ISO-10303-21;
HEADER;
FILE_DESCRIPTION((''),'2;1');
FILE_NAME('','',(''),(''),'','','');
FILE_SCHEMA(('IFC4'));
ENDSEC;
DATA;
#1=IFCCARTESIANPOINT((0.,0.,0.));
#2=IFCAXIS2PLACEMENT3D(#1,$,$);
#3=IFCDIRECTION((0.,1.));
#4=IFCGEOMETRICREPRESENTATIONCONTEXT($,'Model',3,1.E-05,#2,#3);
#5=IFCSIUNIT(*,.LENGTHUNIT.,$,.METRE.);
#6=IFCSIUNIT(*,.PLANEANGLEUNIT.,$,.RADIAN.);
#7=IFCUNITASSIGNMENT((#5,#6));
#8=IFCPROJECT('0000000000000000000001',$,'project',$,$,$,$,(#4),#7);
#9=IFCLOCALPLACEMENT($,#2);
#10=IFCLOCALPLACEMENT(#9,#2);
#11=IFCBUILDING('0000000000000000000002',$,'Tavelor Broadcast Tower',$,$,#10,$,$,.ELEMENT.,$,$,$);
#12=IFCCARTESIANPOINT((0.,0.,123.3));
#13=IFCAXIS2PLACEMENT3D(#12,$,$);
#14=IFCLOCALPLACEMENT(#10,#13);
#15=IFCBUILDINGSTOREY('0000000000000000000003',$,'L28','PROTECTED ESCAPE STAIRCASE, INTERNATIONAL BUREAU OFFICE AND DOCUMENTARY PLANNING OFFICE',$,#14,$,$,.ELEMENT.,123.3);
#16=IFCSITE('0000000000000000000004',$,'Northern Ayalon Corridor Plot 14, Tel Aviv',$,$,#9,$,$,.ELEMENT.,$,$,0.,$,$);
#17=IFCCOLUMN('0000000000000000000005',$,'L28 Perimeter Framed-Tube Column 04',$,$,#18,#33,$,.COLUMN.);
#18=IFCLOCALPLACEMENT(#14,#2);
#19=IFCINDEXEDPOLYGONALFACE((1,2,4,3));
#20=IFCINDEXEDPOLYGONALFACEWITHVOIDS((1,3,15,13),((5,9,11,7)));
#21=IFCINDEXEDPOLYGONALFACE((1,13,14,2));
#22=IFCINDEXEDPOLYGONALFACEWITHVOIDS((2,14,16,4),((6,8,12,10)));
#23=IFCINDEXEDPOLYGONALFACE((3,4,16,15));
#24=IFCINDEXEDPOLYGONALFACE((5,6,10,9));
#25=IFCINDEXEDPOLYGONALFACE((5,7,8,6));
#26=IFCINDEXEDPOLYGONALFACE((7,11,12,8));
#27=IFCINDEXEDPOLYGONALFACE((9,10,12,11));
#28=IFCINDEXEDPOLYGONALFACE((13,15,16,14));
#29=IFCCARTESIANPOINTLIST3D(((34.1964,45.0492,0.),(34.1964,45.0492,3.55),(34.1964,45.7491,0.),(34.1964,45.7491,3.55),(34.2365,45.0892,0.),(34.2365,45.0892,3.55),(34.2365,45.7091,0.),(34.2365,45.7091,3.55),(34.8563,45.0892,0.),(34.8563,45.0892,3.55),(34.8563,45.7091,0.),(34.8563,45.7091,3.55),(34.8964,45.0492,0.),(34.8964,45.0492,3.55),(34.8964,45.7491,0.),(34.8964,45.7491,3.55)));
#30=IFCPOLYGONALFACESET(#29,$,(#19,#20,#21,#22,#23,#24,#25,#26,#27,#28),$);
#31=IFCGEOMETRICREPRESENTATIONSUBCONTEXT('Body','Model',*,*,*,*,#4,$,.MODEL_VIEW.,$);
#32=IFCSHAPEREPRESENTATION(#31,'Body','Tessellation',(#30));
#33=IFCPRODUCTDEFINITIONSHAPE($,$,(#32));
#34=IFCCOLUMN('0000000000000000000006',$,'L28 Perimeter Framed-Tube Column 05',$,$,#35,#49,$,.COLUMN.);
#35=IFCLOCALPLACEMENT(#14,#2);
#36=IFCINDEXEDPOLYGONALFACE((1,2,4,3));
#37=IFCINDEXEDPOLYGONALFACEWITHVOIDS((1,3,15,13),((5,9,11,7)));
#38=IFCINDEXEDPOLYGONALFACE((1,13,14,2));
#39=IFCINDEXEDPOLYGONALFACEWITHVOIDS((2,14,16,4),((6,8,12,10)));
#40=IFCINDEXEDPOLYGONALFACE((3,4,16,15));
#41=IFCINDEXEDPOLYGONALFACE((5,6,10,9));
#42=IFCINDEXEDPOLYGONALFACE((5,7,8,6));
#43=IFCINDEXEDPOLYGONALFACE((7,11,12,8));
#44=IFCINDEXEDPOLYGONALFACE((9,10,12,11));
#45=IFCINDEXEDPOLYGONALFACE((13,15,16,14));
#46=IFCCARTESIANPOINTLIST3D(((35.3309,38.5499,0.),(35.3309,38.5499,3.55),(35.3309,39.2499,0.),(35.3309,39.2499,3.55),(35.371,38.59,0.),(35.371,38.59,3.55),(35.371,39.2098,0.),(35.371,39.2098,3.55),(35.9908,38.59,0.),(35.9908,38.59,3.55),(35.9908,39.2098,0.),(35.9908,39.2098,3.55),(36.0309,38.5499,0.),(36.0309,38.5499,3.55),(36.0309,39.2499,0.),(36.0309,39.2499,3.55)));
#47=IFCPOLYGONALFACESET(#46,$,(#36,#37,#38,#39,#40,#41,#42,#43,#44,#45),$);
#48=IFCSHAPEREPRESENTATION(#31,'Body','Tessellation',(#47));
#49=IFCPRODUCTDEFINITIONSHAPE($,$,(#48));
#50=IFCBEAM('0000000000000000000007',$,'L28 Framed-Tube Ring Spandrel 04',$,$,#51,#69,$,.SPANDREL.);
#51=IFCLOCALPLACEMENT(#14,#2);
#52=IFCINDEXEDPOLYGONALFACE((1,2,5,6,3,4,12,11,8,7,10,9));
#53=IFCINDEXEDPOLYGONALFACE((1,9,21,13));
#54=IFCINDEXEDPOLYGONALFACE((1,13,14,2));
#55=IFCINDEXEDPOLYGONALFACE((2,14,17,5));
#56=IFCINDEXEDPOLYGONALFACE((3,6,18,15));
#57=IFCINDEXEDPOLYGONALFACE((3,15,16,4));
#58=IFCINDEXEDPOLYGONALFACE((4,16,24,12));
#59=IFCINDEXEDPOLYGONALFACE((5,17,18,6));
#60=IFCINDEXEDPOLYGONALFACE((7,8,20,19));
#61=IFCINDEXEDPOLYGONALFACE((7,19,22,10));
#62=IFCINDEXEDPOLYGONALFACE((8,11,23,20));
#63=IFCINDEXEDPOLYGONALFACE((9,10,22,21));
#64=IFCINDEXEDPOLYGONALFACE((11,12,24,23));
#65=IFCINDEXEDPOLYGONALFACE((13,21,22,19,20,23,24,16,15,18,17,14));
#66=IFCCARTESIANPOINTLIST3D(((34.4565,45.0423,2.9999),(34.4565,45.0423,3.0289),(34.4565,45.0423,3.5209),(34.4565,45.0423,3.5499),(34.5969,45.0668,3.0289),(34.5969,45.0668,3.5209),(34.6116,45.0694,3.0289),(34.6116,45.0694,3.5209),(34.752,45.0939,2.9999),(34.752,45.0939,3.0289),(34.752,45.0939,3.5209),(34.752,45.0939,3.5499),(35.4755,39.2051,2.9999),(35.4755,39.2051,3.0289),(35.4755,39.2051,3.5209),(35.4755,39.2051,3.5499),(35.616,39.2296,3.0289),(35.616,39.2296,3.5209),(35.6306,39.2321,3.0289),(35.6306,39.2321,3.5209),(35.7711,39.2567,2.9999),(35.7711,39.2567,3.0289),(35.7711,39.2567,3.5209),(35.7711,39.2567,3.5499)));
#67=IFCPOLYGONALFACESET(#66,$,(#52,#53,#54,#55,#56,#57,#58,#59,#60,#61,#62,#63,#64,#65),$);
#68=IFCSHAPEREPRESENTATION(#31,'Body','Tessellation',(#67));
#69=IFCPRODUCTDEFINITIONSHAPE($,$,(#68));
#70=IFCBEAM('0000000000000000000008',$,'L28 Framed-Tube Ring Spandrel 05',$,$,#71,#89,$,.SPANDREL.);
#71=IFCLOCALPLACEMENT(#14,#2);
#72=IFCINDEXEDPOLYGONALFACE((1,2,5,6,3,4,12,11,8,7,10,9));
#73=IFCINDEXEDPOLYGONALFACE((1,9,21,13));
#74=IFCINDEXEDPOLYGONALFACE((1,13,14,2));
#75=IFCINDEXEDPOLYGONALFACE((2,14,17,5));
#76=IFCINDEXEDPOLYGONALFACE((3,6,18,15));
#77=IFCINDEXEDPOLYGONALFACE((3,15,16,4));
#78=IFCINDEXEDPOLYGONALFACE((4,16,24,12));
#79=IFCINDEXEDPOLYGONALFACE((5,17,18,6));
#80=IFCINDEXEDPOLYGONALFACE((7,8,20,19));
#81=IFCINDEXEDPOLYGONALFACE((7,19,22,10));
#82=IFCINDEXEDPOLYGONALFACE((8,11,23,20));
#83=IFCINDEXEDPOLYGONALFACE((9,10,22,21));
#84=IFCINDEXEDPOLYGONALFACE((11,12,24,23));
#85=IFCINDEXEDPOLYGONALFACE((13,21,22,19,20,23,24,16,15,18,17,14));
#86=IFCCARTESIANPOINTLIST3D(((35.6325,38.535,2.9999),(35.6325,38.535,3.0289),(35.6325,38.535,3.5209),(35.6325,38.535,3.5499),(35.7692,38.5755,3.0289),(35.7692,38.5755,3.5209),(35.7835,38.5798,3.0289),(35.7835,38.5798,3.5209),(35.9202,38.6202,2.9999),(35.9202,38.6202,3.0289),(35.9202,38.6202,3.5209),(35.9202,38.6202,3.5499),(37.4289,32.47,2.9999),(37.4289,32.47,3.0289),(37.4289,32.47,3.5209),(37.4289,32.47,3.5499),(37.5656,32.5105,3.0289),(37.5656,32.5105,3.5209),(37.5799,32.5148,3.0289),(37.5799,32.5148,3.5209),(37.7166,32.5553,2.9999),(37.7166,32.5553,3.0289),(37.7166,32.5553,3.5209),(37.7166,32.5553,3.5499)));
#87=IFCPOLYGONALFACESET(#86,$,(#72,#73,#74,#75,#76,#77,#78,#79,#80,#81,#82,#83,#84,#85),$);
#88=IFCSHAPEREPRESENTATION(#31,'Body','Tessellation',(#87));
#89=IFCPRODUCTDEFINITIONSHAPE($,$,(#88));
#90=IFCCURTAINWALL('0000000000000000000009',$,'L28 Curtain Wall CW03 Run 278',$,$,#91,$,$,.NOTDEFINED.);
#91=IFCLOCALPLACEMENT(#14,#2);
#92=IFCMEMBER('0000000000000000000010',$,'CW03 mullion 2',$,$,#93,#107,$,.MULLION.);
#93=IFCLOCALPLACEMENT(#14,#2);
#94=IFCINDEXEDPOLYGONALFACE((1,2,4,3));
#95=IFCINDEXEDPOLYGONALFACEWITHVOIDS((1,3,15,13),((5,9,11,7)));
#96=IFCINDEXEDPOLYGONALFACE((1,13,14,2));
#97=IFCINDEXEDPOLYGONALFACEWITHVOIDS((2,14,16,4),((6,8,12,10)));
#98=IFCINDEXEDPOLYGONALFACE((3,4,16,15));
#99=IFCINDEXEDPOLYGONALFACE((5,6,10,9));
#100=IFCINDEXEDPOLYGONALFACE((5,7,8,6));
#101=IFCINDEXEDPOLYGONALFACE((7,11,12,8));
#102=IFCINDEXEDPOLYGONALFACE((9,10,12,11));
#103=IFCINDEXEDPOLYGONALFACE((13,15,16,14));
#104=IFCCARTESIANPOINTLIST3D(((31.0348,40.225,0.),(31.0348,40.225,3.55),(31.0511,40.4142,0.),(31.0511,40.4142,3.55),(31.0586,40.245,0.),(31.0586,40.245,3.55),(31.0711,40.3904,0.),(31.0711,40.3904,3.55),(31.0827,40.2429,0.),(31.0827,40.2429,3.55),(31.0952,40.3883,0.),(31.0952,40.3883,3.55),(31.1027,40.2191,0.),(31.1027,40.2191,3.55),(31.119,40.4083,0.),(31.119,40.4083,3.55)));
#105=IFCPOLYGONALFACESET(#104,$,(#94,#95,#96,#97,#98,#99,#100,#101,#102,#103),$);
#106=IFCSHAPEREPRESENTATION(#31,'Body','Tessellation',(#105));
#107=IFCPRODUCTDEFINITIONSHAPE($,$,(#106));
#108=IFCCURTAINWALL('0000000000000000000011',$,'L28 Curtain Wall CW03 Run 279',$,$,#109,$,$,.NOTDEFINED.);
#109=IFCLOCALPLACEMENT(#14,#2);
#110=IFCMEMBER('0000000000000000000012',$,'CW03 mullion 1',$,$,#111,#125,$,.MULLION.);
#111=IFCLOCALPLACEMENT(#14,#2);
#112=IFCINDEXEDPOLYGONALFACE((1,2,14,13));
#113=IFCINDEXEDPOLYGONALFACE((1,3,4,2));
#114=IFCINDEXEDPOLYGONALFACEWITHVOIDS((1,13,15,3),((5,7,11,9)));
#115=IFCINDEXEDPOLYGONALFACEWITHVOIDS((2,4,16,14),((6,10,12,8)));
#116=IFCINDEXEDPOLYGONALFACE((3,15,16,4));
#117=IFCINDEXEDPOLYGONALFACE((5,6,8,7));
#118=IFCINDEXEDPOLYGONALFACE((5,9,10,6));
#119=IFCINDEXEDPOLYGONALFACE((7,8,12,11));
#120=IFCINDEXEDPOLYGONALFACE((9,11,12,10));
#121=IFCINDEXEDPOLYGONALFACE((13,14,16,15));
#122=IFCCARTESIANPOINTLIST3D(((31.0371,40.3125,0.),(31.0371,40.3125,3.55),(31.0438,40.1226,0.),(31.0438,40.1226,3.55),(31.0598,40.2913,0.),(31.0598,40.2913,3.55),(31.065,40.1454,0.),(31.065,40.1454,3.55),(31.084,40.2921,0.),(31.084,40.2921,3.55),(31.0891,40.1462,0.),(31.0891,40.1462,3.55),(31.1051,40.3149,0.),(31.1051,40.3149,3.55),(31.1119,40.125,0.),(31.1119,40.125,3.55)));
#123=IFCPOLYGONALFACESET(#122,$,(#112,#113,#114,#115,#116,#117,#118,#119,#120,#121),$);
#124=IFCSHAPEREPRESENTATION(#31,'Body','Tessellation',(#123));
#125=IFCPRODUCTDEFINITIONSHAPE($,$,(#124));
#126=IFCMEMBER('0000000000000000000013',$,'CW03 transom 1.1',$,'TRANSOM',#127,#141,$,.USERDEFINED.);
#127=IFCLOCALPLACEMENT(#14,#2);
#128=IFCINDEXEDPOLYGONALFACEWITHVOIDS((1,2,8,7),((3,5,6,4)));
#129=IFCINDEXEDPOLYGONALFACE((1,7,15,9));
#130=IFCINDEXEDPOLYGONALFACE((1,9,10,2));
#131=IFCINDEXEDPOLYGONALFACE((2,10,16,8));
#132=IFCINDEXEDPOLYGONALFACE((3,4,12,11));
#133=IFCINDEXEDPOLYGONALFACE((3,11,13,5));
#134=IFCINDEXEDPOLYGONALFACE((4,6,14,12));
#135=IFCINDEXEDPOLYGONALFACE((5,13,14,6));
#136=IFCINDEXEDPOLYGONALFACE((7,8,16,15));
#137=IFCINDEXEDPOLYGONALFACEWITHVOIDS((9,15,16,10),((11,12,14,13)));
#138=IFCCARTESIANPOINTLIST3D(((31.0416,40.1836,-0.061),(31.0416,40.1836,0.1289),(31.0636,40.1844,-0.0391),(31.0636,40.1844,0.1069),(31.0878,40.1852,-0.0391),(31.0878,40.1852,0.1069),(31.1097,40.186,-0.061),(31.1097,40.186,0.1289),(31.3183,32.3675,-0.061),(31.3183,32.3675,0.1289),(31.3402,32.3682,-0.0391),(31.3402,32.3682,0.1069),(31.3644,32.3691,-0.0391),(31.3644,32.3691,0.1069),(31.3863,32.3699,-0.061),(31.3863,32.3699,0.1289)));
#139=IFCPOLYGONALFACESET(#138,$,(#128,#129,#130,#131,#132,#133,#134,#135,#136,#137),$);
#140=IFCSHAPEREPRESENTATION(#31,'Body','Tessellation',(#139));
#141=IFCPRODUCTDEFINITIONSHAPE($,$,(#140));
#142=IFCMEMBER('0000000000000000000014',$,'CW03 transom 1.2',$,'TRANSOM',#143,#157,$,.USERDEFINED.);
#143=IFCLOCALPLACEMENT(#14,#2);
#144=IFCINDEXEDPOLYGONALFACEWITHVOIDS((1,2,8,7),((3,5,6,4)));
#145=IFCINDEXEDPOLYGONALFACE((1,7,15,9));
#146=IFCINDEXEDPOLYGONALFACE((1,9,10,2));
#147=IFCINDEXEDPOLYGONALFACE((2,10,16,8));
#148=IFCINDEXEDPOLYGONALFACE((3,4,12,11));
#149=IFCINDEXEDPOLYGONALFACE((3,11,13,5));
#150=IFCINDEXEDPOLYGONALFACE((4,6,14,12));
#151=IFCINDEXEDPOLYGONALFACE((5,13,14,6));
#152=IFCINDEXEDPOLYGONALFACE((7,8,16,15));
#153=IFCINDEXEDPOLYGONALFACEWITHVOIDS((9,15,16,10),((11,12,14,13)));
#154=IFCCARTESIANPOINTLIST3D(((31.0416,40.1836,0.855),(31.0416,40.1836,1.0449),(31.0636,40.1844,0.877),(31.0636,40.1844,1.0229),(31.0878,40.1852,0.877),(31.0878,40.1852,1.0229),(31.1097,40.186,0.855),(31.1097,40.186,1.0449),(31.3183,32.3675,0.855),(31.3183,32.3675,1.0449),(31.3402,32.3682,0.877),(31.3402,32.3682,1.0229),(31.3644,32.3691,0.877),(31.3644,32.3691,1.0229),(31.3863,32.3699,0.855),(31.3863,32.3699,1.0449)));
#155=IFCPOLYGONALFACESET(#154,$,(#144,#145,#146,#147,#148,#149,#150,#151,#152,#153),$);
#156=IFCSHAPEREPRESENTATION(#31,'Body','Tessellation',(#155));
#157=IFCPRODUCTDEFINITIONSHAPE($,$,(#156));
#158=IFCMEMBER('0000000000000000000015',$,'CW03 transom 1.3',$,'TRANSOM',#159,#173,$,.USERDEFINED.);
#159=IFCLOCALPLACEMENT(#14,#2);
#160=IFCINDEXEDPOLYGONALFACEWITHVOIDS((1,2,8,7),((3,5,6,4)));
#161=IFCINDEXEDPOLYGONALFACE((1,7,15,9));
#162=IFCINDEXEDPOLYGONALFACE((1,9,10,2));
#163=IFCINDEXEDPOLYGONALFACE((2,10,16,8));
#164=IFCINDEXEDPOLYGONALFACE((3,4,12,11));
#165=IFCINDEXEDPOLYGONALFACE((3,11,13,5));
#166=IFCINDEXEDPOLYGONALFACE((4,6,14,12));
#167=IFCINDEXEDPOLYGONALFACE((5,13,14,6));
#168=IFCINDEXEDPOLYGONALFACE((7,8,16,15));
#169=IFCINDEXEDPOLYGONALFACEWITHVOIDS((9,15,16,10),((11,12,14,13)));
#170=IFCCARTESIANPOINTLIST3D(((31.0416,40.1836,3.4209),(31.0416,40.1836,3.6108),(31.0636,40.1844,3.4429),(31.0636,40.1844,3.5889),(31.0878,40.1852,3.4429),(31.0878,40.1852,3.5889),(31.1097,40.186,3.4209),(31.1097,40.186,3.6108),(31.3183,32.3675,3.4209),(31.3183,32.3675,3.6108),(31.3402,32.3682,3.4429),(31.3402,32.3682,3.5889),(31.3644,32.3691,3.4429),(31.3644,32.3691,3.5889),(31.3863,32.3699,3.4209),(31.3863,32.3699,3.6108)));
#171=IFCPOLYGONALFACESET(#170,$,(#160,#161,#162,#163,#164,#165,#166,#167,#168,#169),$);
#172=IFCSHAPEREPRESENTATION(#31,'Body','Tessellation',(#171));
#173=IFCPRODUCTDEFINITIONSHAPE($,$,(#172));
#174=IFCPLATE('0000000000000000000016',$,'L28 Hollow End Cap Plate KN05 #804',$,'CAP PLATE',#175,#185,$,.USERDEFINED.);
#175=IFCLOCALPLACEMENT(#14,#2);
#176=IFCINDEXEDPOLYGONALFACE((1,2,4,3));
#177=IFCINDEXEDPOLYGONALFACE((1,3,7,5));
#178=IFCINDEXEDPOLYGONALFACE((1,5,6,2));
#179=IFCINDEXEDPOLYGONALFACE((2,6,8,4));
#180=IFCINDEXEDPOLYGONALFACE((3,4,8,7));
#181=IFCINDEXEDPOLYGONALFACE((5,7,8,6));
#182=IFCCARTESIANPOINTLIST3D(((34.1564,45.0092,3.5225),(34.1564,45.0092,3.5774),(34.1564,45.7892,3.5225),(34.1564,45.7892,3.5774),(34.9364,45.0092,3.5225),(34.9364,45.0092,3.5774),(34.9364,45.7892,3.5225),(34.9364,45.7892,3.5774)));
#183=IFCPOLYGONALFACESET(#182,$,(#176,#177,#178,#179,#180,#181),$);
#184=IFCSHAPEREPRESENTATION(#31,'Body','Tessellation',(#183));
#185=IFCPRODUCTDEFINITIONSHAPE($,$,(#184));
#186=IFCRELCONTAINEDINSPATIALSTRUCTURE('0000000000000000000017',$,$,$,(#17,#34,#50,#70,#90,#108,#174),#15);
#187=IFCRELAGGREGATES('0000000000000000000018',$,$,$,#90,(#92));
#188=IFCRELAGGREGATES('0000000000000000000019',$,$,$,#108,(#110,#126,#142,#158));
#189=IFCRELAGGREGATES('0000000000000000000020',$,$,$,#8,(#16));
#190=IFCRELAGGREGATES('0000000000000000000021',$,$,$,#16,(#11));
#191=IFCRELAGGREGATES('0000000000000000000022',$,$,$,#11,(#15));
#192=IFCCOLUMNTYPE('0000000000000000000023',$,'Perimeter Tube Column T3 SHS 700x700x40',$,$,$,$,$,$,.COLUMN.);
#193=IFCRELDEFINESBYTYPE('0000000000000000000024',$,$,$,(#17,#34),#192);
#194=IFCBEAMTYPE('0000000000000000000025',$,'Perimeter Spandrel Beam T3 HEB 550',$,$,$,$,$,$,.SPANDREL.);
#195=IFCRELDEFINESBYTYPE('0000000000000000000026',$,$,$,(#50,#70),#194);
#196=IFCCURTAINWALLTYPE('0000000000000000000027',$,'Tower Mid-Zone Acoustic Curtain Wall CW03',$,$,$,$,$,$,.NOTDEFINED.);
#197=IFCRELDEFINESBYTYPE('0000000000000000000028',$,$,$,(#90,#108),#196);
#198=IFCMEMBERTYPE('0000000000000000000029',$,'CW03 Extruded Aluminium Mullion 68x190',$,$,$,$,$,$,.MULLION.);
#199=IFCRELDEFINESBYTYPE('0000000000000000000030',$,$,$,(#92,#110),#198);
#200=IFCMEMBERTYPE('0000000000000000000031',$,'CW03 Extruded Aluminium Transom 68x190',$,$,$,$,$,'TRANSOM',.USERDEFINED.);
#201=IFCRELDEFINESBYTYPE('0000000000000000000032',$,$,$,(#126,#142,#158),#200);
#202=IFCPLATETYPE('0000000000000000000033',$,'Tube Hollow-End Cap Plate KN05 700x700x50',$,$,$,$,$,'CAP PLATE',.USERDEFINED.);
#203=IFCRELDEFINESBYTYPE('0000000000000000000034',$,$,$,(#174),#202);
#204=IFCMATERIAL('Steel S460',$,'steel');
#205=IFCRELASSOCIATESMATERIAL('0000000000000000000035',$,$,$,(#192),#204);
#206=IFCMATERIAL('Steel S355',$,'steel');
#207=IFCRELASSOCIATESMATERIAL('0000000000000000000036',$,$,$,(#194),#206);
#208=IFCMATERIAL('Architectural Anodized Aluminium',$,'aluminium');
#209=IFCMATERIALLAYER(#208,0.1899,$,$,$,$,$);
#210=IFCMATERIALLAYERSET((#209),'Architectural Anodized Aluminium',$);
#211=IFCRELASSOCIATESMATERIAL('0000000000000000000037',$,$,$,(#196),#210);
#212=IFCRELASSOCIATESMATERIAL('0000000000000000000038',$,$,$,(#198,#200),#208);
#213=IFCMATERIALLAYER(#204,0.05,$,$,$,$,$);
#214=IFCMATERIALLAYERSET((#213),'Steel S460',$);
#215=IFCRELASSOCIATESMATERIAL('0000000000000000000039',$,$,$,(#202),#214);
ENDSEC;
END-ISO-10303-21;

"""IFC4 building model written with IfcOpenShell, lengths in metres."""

from ifc_helpers import new_model, si_unit, direction, frame, origin, origin_2d, place, context, subcontext, project, spatial, rectangle, hollow_rectangle, i_section, extrude, source, transform, mapped, material, layer, layer_set, material_profile, profile_set, type_object, type_shapes, element, aggregate, save


model = new_model("IFC4")

# Units and contexts
model_context = context("Model", 3, precision=1e-05, world=origin(), true_north=direction((0.0, 1.0)))
body_context = subcontext(model_context, "Body", "Model", "MODEL_VIEW")
ifc_project = project(units=[si_unit("LENGTHUNIT", "METRE"), si_unit("PLANEANGLEUNIT", "RADIAN")], contexts=[model_context])

# Site, building, storey
site_placement = place(None, origin())
site = spatial("IfcSite", under=ifc_project, at=site_placement, Name="Northern Ayalon Corridor Plot 14, Tel Aviv", CompositionType="ELEMENT", RefElevation=0.0)
building_placement = place(site_placement, origin())
building = spatial("IfcBuilding", under=site, at=building_placement, Name="Tavelor Broadcast Tower", CompositionType="ELEMENT")
storey_placement = place(building_placement, frame((0.0, 0.0, 123.3)))
storey = spatial("IfcBuildingStorey", under=building, at=storey_placement, Name="L28", Description="PROTECTED ESCAPE STAIRCASE, INTERNATIONAL BUREAU OFFICE AND DOCUMENTARY PLANNING OFFICE", CompositionType="ELEMENT", Elevation=123.3)

# Columns
ifc_material_1 = material(Name="Steel S460", Category="steel")
ifc_material_profile_1 = material_profile(ifc_material_1, hollow_rectangle(XDim=0.7, YDim=0.7, WallThickness=0.04, at=origin_2d()), Name="SHS 700x700x40")
ifc_profile_set_1 = profile_set([ifc_material_profile_1], Name="Steel S460")
column_type = type_object("IfcColumnType", Name="Perimeter Tube Column T3 SHS 700x700x40", PredefinedType="COLUMN", material=ifc_profile_set_1)
for number, where, z_axis, x_axis, name in (
    (1, (34.5464, 45.3992, 0.0), (0.0, 0.0, 1.0), (1.0, 0.0, 0.0), "L28 Perimeter Framed-Tube Column 04"),
    (2, (35.6809, 38.8999, 0.0), (0.0, 0.0, 1.0), (1.0, 0.0, 0.0), "L28 Perimeter Framed-Tube Column 05"),
):
    element("IfcColumn", number, at=place(storey_placement, frame(where, z_axis=z_axis, x_axis=x_axis)), inside=storey, type_object=column_type, Name=name, PredefinedType="COLUMN", context=body_context, shape_type="SweptSolid", body=[
        extrude(hollow_rectangle(XDim=0.7, YDim=0.7, WallThickness=0.04, at=origin_2d()), origin(), (0.0, 0.0, 1.0), 3.55),
    ])

# Beams
ifc_material_2 = material(Name="Steel S355", Category="steel")
ifc_material_profile_2 = material_profile(ifc_material_2, i_section(OverallWidth=0.3, OverallDepth=0.55, WebThickness=0.0149, FlangeThickness=0.0291, at=origin_2d()), Name="HEB 550")
ifc_profile_set_2 = profile_set([ifc_material_profile_2], Name="Steel S355")
beam_type = type_object("IfcBeamType", Name="Perimeter Spandrel Beam T3 HEB 550", PredefinedType="SPANDREL", material=ifc_profile_set_2)
beam_1_placement = place(storey_placement, frame((34.6042, 45.0681, 3.2749), z_axis=(0.171978, -0.985101, 0.0), x_axis=(0.985101, 0.171978, 0.0)))
element("IfcBeam", 3, at=beam_1_placement, inside=storey, type_object=beam_type, Name="L28 Framed-Tube Ring Spandrel 04", PredefinedType="SPANDREL", context=body_context, shape_type="SweptSolid", body=[
    extrude(i_section(OverallWidth=0.3, OverallDepth=0.55, WebThickness=0.0149, FlangeThickness=0.0291, at=origin_2d()), origin(), (0.0, 0.0, 1.0), 5.9255),
])
beam_2_placement = place(storey_placement, frame((35.7764, 38.5776, 3.2749), z_axis=(0.283996, -0.958825, 0.0), x_axis=(0.958825, 0.283996, 0.0)))
element("IfcBeam", 4, at=beam_2_placement, inside=storey, type_object=beam_type, Name="L28 Framed-Tube Ring Spandrel 05", PredefinedType="SPANDREL", context=body_context, shape_type="SweptSolid", body=[
    extrude(i_section(OverallWidth=0.3, OverallDepth=0.55, WebThickness=0.0149, FlangeThickness=0.0291, at=origin_2d()), origin(), (0.0, 0.0, 1.0), 6.3254),
])

# Curtain wall, member
ifc_material_3 = material(Name="Architectural Anodized Aluminium", Category="aluminium")
ifc_layer_1 = layer(ifc_material_3, 0.1899)
ifc_layer_set_1 = layer_set([ifc_layer_1], Name="Architectural Anodized Aluminium")
curtain_wall_type = type_object("IfcCurtainWallType", Name="Tower Mid-Zone Acoustic Curtain Wall CW03", PredefinedType="NOTDEFINED", material=ifc_layer_set_1)
curtain_wall_1_placement = place(storey_placement, origin())
curtain_wall_1 = element("IfcCurtainWall", 5, at=curtain_wall_1_placement, inside=storey, type_object=curtain_wall_type, Name="L28 Curtain Wall CW03 Run 278", PredefinedType="NOTDEFINED")
ifc_material_profile_3 = material_profile(ifc_material_3, hollow_rectangle(XDim=0.0681, YDim=0.1899, WallThickness=0.022, at=origin_2d()), Name="RHS 68x190x22")
ifc_profile_set_3 = profile_set([ifc_material_profile_3], Name="Architectural Anodized Aluminium")
member_type_1 = type_object("IfcMemberType", Name="CW03 Extruded Aluminium Mullion 68x190", PredefinedType="MULLION", material=ifc_profile_set_3)
shared_shape_1 = source(origin(), body_context, "Body", "SweptSolid", [
    extrude(hollow_rectangle(XDim=0.0681, YDim=0.1899, WallThickness=0.022, at=origin_2d()), origin(), (0.0, 0.0, 1.0), 3.55),
])
type_shapes(member_type_1, [shared_shape_1])
member_1_placement = place(storey_placement, frame((31.0769, 40.3167, 0.0), z_axis=(0.0, 0.0, 1.0), x_axis=(0.996307, -0.085861, 0.0)))
member_1 = element("IfcMember", 6, at=member_1_placement, type_object=member_type_1, Name="CW03 mullion 2", PredefinedType="MULLION", context=body_context, shape_type="MappedRepresentation", body=[
    mapped(shared_shape_1, transform((0.0, 0.0, 0.0), scale=1.0)),
])

# Curtain wall, members
curtain_wall_2_placement = place(storey_placement, origin())
curtain_wall_2 = element("IfcCurtainWall", 7, at=curtain_wall_2_placement, inside=storey, type_object=curtain_wall_type, Name="L28 Curtain Wall CW03 Run 279", PredefinedType="NOTDEFINED")
member_2_placement = place(storey_placement, frame((31.0745, 40.2188, 0.0), z_axis=(0.0, 0.0, 1.0), x_axis=(0.999374, 0.035364, 0.0)))
member_2 = element("IfcMember", 8, at=member_2_placement, type_object=member_type_1, Name="CW03 mullion 1", PredefinedType="MULLION", context=body_context, shape_type="MappedRepresentation", body=[
    mapped(shared_shape_1, transform((0.0, 0.0, 0.0), scale=1.0)),
])
ifc_material_profile_4 = material_profile(ifc_material_3, hollow_rectangle(XDim=0.0681, YDim=0.1899, WallThickness=0.022, at=origin_2d()), Name="RHS 68x190x22")
ifc_profile_set_4 = profile_set([ifc_material_profile_4], Name="Architectural Anodized Aluminium")
member_type_2 = type_object("IfcMemberType", Name="CW03 Extruded Aluminium Transom 68x190", ElementType="TRANSOM", PredefinedType="USERDEFINED", material=ifc_profile_set_4)
shared_shape_2 = source(origin(), body_context, "Body", "SweptSolid", [
    extrude(hollow_rectangle(XDim=0.0681, YDim=0.1899, WallThickness=0.022, at=origin_2d()), origin(), (0.0, 0.0, 1.0), 7.821),
])
type_shapes(member_type_2, [shared_shape_2])
member_3_placement = place(storey_placement, frame((31.0757, 40.1848, 0.0339), z_axis=(0.035368, -0.999374, 0.0), x_axis=(0.999374, 0.035368, 0.0)))
member_3 = element("IfcMember", 9, at=member_3_placement, type_object=member_type_2, Name="CW03 transom 1.1", ObjectType="TRANSOM", PredefinedType="USERDEFINED", context=body_context, shape_type="MappedRepresentation", body=[
    mapped(shared_shape_2, transform((0.0, 0.0, 0.0), scale=1.0)),
])
member_4_placement = place(storey_placement, frame((31.0757, 40.1848, 0.95), z_axis=(0.035368, -0.999374, 0.0), x_axis=(0.999374, 0.035368, 0.0)))
member_4 = element("IfcMember", 10, at=member_4_placement, type_object=member_type_2, Name="CW03 transom 1.2", ObjectType="TRANSOM", PredefinedType="USERDEFINED", context=body_context, shape_type="MappedRepresentation", body=[
    mapped(shared_shape_2, transform((0.0, 0.0, 0.0), scale=1.0)),
])
member_5_placement = place(storey_placement, frame((31.0757, 40.1848, 3.5159), z_axis=(0.035368, -0.999374, 0.0), x_axis=(0.999374, 0.035368, 0.0)))
member_5 = element("IfcMember", 11, at=member_5_placement, type_object=member_type_2, Name="CW03 transom 1.3", ObjectType="TRANSOM", PredefinedType="USERDEFINED", context=body_context, shape_type="MappedRepresentation", body=[
    mapped(shared_shape_2, transform((0.0, 0.0, 0.0), scale=1.0)),
])

# Plate
ifc_layer_2 = layer(ifc_material_1, 0.05)
ifc_layer_set_2 = layer_set([ifc_layer_2], Name="Steel S460")
plate_type_1 = type_object("IfcPlateType", Name="Tube Hollow-End Cap Plate KN05 700x700x50", ElementType="CAP PLATE", PredefinedType="USERDEFINED", material=ifc_layer_set_2)
shared_shape_3 = source(origin(), body_context, "Body", "SweptSolid", [
    extrude(rectangle(XDim=0.78, YDim=0.78, at=origin_2d()), origin(), (0.0, 0.0, 1.0), 0.0549),
])
type_shapes(plate_type_1, [shared_shape_3])
for number, where, z_axis, x_axis, name in (
    (12, (34.5464, 45.3992, 3.5225), (0.0, 0.0, 1.0), (1.0, 0.0, 0.0), "L28 Hollow End Cap Plate KN05 #804"),
):
    element("IfcPlate", number, at=place(storey_placement, frame(where, z_axis=z_axis, x_axis=x_axis)), inside=storey, type_object=plate_type_1, Name=name, ObjectType="CAP PLATE", PredefinedType="USERDEFINED", context=body_context, shape_type="MappedRepresentation", body=[
        mapped(shared_shape_3, transform((0.0, 0.0, 0.0), scale=1.0)),
    ])

aggregate(curtain_wall_1, [member_1])
aggregate(curtain_wall_2, [member_2, member_3, member_4, member_5])

save(model, "model.ifc")
